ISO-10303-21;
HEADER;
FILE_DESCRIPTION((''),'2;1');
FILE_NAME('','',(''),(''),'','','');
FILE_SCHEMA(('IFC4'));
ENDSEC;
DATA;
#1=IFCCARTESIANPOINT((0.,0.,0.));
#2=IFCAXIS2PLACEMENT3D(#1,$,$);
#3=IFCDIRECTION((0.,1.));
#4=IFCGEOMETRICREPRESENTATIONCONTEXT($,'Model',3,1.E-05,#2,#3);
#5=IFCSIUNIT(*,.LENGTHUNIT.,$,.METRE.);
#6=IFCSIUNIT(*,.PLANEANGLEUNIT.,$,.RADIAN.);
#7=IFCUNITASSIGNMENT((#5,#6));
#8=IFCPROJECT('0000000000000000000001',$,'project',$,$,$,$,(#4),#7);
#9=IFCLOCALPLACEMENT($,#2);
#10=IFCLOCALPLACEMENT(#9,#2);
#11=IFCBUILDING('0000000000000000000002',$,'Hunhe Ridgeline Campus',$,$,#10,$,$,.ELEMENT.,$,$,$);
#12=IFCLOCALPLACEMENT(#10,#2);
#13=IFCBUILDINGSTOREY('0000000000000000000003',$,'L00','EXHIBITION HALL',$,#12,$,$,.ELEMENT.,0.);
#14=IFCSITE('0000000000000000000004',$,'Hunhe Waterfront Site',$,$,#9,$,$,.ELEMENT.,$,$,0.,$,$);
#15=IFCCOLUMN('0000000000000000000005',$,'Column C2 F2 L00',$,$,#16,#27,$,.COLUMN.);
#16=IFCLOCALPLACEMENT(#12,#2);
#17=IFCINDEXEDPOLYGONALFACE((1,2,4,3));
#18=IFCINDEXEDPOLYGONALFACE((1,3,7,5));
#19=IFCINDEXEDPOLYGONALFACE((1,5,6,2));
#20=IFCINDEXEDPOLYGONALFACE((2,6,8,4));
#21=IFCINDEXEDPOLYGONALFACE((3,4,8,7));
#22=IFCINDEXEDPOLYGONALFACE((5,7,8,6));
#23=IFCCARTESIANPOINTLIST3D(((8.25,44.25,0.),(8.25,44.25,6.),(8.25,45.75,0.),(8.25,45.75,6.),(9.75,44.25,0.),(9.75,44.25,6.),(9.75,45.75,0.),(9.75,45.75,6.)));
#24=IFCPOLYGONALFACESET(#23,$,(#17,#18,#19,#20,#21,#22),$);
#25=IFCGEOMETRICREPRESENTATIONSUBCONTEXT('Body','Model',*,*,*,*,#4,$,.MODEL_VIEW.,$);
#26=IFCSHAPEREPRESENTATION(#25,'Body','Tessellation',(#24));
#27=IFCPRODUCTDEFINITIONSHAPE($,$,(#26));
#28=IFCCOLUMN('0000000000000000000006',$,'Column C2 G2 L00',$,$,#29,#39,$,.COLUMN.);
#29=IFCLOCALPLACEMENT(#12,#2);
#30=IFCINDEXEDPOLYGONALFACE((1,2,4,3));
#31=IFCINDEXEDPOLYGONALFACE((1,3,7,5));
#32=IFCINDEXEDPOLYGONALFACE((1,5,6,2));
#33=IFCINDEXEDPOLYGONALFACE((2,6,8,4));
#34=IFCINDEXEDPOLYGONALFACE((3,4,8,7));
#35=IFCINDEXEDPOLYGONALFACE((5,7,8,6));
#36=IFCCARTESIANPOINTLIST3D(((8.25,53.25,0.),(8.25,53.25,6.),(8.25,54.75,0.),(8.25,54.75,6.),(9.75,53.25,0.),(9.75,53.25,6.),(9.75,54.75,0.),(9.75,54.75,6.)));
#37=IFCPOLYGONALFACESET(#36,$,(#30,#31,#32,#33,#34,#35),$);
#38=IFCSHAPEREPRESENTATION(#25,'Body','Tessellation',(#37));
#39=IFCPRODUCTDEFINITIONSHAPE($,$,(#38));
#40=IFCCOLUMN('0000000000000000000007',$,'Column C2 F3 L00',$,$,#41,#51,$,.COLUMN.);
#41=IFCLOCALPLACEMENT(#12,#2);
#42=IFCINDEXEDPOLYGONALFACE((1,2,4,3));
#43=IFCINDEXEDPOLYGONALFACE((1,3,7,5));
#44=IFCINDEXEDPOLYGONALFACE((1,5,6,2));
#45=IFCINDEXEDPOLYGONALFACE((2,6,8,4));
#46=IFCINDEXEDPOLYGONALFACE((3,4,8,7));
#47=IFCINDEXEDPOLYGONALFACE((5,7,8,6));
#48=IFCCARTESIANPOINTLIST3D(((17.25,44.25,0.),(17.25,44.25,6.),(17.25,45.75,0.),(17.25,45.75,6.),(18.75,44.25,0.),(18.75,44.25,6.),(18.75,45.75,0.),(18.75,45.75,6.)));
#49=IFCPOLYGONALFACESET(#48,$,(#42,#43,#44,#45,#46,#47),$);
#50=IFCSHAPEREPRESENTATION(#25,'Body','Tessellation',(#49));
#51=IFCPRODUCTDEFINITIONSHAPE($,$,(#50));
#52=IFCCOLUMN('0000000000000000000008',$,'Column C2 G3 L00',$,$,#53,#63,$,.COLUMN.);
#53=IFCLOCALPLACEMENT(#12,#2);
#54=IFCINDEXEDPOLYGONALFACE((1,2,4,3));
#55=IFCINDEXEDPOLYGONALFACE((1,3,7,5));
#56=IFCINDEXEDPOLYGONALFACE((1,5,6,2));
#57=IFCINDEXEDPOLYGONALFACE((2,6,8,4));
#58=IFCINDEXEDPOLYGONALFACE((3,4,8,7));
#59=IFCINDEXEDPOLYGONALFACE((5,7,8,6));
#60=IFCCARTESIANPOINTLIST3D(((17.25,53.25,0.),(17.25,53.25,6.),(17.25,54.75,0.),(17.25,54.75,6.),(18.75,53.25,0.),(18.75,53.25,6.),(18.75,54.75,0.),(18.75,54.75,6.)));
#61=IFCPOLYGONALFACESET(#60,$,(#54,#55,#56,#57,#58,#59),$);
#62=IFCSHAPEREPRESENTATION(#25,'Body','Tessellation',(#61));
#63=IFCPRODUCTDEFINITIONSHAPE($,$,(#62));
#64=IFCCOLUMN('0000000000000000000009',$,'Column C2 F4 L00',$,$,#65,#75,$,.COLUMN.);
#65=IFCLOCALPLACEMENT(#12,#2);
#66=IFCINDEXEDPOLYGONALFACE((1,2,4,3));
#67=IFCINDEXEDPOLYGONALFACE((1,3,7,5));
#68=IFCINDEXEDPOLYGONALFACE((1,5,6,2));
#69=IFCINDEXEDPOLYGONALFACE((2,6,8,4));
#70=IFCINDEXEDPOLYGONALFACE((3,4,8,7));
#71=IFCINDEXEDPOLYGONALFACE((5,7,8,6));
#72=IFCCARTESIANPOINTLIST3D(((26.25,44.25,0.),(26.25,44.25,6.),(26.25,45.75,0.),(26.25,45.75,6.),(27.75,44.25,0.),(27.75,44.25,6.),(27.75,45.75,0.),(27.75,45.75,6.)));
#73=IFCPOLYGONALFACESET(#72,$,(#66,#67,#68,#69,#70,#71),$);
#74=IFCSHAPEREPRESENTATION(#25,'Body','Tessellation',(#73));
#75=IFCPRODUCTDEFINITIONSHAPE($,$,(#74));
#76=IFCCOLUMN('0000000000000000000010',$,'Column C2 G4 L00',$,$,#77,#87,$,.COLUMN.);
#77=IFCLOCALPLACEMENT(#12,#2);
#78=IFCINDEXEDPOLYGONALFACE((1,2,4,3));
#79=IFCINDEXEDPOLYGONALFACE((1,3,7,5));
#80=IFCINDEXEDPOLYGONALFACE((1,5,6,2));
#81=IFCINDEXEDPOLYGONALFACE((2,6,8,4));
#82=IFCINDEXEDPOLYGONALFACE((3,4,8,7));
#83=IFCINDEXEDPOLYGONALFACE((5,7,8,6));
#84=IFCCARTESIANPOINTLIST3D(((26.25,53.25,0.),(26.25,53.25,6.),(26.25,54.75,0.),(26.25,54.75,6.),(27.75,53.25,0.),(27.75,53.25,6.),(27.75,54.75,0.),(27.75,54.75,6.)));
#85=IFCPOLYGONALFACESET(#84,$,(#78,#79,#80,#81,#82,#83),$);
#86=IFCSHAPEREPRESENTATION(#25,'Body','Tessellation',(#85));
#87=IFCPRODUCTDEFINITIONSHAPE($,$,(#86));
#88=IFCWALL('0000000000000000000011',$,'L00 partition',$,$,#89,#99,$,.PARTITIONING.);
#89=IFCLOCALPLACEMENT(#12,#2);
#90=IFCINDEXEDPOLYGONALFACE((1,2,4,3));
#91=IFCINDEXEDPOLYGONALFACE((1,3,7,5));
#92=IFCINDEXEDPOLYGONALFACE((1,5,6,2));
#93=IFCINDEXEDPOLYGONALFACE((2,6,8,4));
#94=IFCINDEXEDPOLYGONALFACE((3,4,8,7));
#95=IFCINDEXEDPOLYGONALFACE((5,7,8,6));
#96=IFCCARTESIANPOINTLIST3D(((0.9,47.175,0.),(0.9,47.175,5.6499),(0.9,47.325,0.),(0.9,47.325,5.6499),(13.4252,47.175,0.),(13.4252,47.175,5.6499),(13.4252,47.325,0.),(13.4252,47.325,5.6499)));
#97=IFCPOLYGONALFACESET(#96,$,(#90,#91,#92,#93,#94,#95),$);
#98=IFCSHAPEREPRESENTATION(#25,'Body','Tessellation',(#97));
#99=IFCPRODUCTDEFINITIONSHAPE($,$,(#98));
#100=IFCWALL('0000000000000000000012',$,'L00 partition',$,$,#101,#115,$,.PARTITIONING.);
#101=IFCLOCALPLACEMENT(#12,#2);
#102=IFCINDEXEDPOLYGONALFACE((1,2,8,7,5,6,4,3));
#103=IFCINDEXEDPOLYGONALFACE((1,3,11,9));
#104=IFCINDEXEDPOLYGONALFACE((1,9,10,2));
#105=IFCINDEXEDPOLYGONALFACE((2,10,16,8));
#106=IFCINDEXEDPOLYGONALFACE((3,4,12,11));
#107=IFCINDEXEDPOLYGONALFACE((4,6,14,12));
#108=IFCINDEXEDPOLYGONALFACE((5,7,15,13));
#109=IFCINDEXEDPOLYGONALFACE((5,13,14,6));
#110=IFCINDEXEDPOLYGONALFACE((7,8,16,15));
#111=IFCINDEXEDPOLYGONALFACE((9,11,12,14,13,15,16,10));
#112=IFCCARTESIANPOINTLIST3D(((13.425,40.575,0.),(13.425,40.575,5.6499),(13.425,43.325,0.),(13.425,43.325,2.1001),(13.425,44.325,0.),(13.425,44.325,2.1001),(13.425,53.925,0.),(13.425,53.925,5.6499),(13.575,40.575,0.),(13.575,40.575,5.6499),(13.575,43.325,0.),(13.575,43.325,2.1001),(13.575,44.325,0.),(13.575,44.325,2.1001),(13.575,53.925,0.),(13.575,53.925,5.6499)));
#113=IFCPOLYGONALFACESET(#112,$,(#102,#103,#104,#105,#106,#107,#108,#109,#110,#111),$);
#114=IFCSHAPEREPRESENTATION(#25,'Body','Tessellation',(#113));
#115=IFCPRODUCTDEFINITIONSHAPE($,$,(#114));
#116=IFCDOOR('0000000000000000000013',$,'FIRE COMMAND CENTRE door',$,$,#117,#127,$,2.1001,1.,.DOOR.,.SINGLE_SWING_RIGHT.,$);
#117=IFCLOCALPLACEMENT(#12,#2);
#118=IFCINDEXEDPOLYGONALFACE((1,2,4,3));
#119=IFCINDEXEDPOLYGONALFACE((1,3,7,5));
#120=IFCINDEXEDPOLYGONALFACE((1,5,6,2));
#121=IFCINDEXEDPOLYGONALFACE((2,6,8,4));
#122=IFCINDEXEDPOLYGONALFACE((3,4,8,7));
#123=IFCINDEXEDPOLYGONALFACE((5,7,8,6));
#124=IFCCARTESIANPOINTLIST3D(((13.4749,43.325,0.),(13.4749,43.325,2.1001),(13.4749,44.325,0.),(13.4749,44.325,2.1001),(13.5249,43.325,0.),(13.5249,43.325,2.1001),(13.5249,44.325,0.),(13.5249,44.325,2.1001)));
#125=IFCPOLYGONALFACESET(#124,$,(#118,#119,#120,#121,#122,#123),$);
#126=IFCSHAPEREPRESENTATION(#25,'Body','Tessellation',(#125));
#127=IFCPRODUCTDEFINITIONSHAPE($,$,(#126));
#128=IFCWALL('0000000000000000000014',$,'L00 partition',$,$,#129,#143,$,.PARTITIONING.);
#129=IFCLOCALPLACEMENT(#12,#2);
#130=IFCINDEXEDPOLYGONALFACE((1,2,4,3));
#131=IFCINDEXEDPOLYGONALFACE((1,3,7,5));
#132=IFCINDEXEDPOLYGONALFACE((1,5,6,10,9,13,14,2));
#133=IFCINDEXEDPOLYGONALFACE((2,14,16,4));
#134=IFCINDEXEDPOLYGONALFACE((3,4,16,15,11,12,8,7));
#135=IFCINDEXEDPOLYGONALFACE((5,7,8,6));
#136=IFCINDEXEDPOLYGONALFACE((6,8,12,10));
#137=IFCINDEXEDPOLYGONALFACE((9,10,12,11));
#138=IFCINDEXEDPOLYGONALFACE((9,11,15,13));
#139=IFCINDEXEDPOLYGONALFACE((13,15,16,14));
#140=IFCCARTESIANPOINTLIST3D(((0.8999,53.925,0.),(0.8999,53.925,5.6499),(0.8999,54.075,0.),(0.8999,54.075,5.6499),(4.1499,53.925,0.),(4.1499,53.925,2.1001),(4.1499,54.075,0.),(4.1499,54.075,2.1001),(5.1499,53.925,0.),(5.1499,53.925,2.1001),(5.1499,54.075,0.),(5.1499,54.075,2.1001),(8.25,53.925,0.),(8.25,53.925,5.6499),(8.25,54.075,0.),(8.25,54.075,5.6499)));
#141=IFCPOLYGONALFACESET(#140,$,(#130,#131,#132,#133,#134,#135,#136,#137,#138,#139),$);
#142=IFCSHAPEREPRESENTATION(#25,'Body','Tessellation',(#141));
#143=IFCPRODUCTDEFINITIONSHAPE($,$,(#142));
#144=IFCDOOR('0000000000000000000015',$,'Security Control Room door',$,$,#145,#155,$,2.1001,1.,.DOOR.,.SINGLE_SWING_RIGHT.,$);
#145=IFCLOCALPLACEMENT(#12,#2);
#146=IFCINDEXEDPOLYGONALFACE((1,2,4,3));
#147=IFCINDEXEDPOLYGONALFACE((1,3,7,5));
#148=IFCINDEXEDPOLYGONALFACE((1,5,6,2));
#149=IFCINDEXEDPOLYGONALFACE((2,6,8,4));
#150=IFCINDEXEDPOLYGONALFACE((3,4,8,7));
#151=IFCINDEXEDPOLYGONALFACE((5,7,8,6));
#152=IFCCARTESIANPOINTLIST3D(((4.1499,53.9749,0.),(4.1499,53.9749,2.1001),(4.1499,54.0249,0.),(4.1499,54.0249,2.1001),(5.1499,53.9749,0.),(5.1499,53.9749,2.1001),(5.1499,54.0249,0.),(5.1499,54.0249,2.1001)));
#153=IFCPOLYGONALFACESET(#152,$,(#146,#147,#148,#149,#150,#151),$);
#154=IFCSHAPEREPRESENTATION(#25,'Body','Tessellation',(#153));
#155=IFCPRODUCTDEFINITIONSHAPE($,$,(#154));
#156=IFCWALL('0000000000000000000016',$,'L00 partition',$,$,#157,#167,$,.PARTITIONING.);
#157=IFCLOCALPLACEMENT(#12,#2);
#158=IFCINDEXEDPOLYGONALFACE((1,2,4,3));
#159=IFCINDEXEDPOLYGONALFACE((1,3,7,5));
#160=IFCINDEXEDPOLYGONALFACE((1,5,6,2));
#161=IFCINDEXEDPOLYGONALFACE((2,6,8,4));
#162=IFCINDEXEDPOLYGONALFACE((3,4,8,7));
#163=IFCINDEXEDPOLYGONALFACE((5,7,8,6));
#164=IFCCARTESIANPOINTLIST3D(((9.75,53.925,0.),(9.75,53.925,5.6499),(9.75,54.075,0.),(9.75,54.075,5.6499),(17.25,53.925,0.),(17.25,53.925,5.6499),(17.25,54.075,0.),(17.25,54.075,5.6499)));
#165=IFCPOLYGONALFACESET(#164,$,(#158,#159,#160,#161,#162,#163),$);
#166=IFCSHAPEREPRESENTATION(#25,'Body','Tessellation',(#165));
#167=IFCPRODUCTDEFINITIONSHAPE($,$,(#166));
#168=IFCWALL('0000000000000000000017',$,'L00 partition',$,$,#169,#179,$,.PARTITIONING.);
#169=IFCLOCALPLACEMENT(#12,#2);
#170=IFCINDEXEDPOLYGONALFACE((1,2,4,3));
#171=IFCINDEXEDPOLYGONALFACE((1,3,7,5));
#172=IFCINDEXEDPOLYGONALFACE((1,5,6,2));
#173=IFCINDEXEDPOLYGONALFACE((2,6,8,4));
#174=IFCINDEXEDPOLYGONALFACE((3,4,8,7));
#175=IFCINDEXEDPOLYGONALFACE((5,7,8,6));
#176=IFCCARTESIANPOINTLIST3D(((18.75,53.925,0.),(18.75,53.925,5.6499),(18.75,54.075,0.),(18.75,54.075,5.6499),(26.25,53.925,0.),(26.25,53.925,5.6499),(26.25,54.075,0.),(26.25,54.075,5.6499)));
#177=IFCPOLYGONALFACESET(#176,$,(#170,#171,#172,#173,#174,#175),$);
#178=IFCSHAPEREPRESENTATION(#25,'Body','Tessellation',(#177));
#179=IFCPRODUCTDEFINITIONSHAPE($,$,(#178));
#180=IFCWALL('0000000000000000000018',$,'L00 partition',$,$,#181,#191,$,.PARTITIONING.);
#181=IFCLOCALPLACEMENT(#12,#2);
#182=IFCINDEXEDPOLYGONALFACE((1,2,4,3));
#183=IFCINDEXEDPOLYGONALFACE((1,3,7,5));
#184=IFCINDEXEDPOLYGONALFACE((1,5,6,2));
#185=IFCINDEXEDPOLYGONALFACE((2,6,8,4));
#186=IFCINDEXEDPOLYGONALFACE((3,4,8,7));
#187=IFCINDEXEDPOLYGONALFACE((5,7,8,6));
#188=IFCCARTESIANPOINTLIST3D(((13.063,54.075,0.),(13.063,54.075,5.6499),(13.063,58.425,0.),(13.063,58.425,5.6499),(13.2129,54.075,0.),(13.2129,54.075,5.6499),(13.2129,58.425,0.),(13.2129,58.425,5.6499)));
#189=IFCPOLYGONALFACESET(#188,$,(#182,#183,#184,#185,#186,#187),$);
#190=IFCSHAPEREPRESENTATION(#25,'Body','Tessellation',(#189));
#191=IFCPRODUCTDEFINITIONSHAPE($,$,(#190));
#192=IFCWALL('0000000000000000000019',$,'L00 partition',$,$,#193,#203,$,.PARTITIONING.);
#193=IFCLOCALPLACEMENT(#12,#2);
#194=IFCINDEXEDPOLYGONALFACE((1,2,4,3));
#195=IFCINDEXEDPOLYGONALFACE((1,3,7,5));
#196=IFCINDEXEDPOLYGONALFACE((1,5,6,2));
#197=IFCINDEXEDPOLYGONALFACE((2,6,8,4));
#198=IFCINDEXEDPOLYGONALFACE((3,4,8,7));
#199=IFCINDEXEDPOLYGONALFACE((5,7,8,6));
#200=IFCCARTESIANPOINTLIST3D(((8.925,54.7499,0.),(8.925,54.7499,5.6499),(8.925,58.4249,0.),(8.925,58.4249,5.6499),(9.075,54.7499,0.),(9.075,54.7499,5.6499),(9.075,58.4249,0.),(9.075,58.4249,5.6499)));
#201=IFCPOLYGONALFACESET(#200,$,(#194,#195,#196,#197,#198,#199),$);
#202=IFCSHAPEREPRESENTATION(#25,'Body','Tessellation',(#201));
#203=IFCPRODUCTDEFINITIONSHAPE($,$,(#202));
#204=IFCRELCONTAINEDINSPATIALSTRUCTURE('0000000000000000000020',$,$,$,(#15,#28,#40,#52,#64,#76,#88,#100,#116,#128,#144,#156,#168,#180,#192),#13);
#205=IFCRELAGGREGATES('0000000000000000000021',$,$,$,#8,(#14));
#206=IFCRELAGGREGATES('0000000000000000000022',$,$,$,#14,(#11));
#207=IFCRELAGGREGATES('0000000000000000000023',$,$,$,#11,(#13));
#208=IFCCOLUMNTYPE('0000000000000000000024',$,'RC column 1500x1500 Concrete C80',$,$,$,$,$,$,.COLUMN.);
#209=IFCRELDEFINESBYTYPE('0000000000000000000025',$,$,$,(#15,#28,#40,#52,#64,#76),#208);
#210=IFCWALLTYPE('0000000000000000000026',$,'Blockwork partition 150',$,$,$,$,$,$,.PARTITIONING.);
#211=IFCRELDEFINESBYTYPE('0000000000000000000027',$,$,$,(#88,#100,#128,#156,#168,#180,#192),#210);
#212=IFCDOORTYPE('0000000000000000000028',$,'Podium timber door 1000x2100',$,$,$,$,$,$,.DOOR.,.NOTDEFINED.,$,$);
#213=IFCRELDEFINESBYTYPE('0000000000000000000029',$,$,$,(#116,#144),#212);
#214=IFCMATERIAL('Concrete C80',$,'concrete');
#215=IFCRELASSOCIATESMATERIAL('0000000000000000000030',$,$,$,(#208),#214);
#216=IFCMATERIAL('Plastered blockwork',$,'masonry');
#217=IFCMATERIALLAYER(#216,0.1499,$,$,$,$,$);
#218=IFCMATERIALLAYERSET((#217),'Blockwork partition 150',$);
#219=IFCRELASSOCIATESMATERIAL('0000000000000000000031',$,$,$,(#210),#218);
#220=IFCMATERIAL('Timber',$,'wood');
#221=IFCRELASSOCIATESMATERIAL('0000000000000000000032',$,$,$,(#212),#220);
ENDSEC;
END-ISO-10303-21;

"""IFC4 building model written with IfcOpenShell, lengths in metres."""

from ifc_helpers import new_model, si_unit, direction, frame, frame_2d, origin, origin_2d, place, context, subcontext, project, spatial, rectangle, extrude, material, layer, layer_set, material_profile, profile_set, type_object, element, fill, save


model = new_model("IFC4")

# Units and contexts
model_context = context("Model", 3, precision=1e-05, world=origin(), true_north=direction((0.0, 1.0)))
body_context = subcontext(model_context, "Body", "Model", "MODEL_VIEW")
ifc_project = project(units=[si_unit("LENGTHUNIT", "METRE"), si_unit("PLANEANGLEUNIT", "RADIAN")], contexts=[model_context])

# Site, building, storey
site_placement = place(None, origin())
site = spatial("IfcSite", under=ifc_project, at=site_placement, Name="Hunhe Waterfront Site", CompositionType="ELEMENT", RefElevation=0.0)
building_placement = place(site_placement, origin())
building = spatial("IfcBuilding", under=site, at=building_placement, Name="Hunhe Ridgeline Campus", CompositionType="ELEMENT")
storey_placement = place(building_placement, origin())
storey = spatial("IfcBuildingStorey", under=building, at=storey_placement, Name="L00", Description="EXHIBITION HALL", CompositionType="ELEMENT", Elevation=0.0)

# Columns
ifc_material_1 = material(Name="Concrete C80", Category="concrete")
ifc_material_profile = material_profile(ifc_material_1, rectangle(XDim=1.5, YDim=1.5, at=origin_2d()))
ifc_profile_set = profile_set([ifc_material_profile], Name="Concrete C80")
column_type = type_object("IfcColumnType", Name="RC column 1500x1500 Concrete C80", PredefinedType="COLUMN", material=ifc_profile_set)
for number, where, z_axis, x_axis, name in (
    (1, (9.0, 45.0, 0.0), (0.0, 0.0, 1.0), (1.0, 0.0, 0.0), "Column C2 F2 L00"),
    (2, (9.0, 54.0, 0.0), (0.0, 0.0, 1.0), (1.0, 0.0, 0.0), "Column C2 G2 L00"),
    (3, (18.0, 45.0, 0.0), (0.0, 0.0, 1.0), (1.0, 0.0, 0.0), "Column C2 F3 L00"),
    (4, (18.0, 54.0, 0.0), (0.0, 0.0, 1.0), (1.0, 0.0, 0.0), "Column C2 G3 L00"),
    (5, (27.0, 45.0, 0.0), (0.0, 0.0, 1.0), (1.0, 0.0, 0.0), "Column C2 F4 L00"),
    (6, (27.0, 54.0, 0.0), (0.0, 0.0, 1.0), (1.0, 0.0, 0.0), "Column C2 G4 L00"),
):
    element("IfcColumn", number, at=place(storey_placement, frame(where, z_axis=z_axis, x_axis=x_axis)), inside=storey, type_object=column_type, Name=name, PredefinedType="COLUMN", context=body_context, shape_type="SweptSolid", body=[
        extrude(rectangle(XDim=1.5, YDim=1.5, at=origin_2d()), origin(), (0.0, 0.0, 1.0), 6.0),
    ])

# Wall
ifc_material_2 = material(Name="Plastered blockwork", Category="masonry")
ifc_layer_1 = layer(ifc_material_2, 0.1499)
ifc_layer_set_1 = layer_set([ifc_layer_1], Name="Blockwork partition 150")
wall_type_1 = type_object("IfcWallType", Name="Blockwork partition 150", PredefinedType="PARTITIONING", material=ifc_layer_set_1)
wall_1_placement = place(storey_placement, frame((0.8999, 47.25, 0.0), z_axis=(0.0, 0.0, 1.0), x_axis=(1.0, 0.0, 0.0)))
element("IfcWall", 7, at=wall_1_placement, inside=storey, type_object=wall_type_1, Name="L00 partition", PredefinedType="PARTITIONING", context=body_context, shape_type="SweptSolid", body=[
    extrude(rectangle(XDim=12.5251, YDim=0.1499, at=frame_2d((6.2627, 0.0))), origin(), (0.0, 0.0, 1.0), 5.6499),
])

# Walls, openings, doors
wall_2_placement = place(storey_placement, frame((13.5, 53.925, 0.0), z_axis=(0.0, 0.0, 1.0), x_axis=(0.0, -1.0, 0.0)))
wall_2 = element("IfcWall", 8, at=wall_2_placement, inside=storey, type_object=wall_type_1, Name="L00 partition", PredefinedType="PARTITIONING", context=body_context, shape_type="SweptSolid", body=[
    extrude(rectangle(XDim=13.3501, YDim=0.1499, at=frame_2d((6.675, 0.0))), origin(), (0.0, 0.0, 1.0), 5.6499),
])
opening_1_placement = place(wall_2_placement, frame((9.6001, 0.0, 0.0)))
opening_1 = element("IfcOpeningElement", 9, at=opening_1_placement, cuts=wall_2, PredefinedType="OPENING", context=body_context, shape_type="SweptSolid", body=[
    extrude(rectangle(XDim=1.0, YDim=2.1001, at=frame_2d((0.5, 1.05))), frame((0.0, 0.075, 0.0), z_axis=(0.0, -1.0, 0.0), x_axis=(1.0, 0.0, 0.0)), (0.0, 0.0, 1.0), 0.1499),
])
ifc_material_3 = material(Name="Timber", Category="wood")
door_type_1 = type_object("IfcDoorType", Name="Podium timber door 1000x2100", OperationType="NOTDEFINED", PredefinedType="DOOR", material=ifc_material_3)
door_1_placement = place(opening_1_placement, origin())
door_1 = element("IfcDoor", 10, at=door_1_placement, inside=storey, type_object=door_type_1, Name="FIRE COMMAND CENTRE door", OperationType="SINGLE_SWING_RIGHT", OverallHeight=2.1001, OverallWidth=1.0, PredefinedType="DOOR", context=body_context, shape_type="SweptSolid", body=[
    extrude(rectangle(XDim=1.0, YDim=2.1001, at=frame_2d((0.5, 1.05))), frame((0.0, 0.0249, 0.0), z_axis=(0.0, -1.0, 0.0), x_axis=(1.0, 0.0, 0.0)), (0.0, 0.0, 1.0), 0.05),
])
fill(opening_1, door_1)
wall_3_placement = place(storey_placement, frame((0.8999, 54.0, 0.0), z_axis=(0.0, 0.0, 1.0), x_axis=(1.0, 0.0, 0.0)))
wall_3 = element("IfcWall", 11, at=wall_3_placement, inside=storey, type_object=wall_type_1, Name="L00 partition", PredefinedType="PARTITIONING", context=body_context, shape_type="SweptSolid", body=[
    extrude(rectangle(XDim=7.3501, YDim=0.1499, at=frame_2d((3.675, 0.0))), origin(), (0.0, 0.0, 1.0), 5.6499),
])
opening_2_placement = place(wall_3_placement, frame((3.25, 0.0, 0.0)))
opening_2 = element("IfcOpeningElement", 12, at=opening_2_placement, cuts=wall_3, PredefinedType="OPENING", context=body_context, shape_type="SweptSolid", body=[
    extrude(rectangle(XDim=1.0, YDim=2.1001, at=frame_2d((0.5, 1.05))), frame((0.0, 0.075, 0.0), z_axis=(0.0, -1.0, 0.0), x_axis=(1.0, 0.0, 0.0)), (0.0, 0.0, 1.0), 0.1499),
])
door_2_placement = place(opening_2_placement, origin())
door_2 = element("IfcDoor", 13, at=door_2_placement, inside=storey, type_object=door_type_1, Name="Security Control Room door", OperationType="SINGLE_SWING_RIGHT", OverallHeight=2.1001, OverallWidth=1.0, PredefinedType="DOOR", context=body_context, shape_type="SweptSolid", body=[
    extrude(rectangle(XDim=1.0, YDim=2.1001, at=frame_2d((0.5, 1.05))), frame((0.0, 0.0249, 0.0), z_axis=(0.0, -1.0, 0.0), x_axis=(1.0, 0.0, 0.0)), (0.0, 0.0, 1.0), 0.05),
])
fill(opening_2, door_2)

# Walls
for number, where, z_axis, x_axis, name in (
    (14, (9.75, 54.0, 0.0), (0.0, 0.0, 1.0), (1.0, 0.0, 0.0), "L00 partition"),
    (15, (26.25, 54.0, 0.0), (0.0, 0.0, 1.0), (-1.0, 0.0, 0.0), "L00 partition"),
):
    element("IfcWall", number, at=place(storey_placement, frame(where, z_axis=z_axis, x_axis=x_axis)), inside=storey, type_object=wall_type_1, Name=name, PredefinedType="PARTITIONING", context=body_context, shape_type="SweptSolid", body=[
        extrude(rectangle(XDim=7.5, YDim=0.1499, at=frame_2d((3.75, 0.0))), origin(), (0.0, 0.0, 1.0), 5.6499),
    ])
wall_4_placement = place(storey_placement, frame((13.1379, 54.075, 0.0), z_axis=(0.0, 0.0, 1.0), x_axis=(0.0, 1.0, 0.0)))
element("IfcWall", 16, at=wall_4_placement, inside=storey, type_object=wall_type_1, Name="L00 partition", PredefinedType="PARTITIONING", context=body_context, shape_type="SweptSolid", body=[
    extrude(rectangle(XDim=4.3501, YDim=0.1499, at=frame_2d((2.175, 0.0))), origin(), (0.0, 0.0, 1.0), 5.6499),
])
wall_5_placement = place(storey_placement, frame((9.0, 54.75, 0.0), z_axis=(0.0, 0.0, 1.0), x_axis=(0.0, 1.0, 0.0)))
element("IfcWall", 17, at=wall_5_placement, inside=storey, type_object=wall_type_1, Name="L00 partition", PredefinedType="PARTITIONING", context=body_context, shape_type="SweptSolid", body=[
    extrude(rectangle(XDim=3.675, YDim=0.1499, at=frame_2d((1.8374, 0.0))), origin(), (0.0, 0.0, 1.0), 5.6499),
])

save(model, "model.ifc")
